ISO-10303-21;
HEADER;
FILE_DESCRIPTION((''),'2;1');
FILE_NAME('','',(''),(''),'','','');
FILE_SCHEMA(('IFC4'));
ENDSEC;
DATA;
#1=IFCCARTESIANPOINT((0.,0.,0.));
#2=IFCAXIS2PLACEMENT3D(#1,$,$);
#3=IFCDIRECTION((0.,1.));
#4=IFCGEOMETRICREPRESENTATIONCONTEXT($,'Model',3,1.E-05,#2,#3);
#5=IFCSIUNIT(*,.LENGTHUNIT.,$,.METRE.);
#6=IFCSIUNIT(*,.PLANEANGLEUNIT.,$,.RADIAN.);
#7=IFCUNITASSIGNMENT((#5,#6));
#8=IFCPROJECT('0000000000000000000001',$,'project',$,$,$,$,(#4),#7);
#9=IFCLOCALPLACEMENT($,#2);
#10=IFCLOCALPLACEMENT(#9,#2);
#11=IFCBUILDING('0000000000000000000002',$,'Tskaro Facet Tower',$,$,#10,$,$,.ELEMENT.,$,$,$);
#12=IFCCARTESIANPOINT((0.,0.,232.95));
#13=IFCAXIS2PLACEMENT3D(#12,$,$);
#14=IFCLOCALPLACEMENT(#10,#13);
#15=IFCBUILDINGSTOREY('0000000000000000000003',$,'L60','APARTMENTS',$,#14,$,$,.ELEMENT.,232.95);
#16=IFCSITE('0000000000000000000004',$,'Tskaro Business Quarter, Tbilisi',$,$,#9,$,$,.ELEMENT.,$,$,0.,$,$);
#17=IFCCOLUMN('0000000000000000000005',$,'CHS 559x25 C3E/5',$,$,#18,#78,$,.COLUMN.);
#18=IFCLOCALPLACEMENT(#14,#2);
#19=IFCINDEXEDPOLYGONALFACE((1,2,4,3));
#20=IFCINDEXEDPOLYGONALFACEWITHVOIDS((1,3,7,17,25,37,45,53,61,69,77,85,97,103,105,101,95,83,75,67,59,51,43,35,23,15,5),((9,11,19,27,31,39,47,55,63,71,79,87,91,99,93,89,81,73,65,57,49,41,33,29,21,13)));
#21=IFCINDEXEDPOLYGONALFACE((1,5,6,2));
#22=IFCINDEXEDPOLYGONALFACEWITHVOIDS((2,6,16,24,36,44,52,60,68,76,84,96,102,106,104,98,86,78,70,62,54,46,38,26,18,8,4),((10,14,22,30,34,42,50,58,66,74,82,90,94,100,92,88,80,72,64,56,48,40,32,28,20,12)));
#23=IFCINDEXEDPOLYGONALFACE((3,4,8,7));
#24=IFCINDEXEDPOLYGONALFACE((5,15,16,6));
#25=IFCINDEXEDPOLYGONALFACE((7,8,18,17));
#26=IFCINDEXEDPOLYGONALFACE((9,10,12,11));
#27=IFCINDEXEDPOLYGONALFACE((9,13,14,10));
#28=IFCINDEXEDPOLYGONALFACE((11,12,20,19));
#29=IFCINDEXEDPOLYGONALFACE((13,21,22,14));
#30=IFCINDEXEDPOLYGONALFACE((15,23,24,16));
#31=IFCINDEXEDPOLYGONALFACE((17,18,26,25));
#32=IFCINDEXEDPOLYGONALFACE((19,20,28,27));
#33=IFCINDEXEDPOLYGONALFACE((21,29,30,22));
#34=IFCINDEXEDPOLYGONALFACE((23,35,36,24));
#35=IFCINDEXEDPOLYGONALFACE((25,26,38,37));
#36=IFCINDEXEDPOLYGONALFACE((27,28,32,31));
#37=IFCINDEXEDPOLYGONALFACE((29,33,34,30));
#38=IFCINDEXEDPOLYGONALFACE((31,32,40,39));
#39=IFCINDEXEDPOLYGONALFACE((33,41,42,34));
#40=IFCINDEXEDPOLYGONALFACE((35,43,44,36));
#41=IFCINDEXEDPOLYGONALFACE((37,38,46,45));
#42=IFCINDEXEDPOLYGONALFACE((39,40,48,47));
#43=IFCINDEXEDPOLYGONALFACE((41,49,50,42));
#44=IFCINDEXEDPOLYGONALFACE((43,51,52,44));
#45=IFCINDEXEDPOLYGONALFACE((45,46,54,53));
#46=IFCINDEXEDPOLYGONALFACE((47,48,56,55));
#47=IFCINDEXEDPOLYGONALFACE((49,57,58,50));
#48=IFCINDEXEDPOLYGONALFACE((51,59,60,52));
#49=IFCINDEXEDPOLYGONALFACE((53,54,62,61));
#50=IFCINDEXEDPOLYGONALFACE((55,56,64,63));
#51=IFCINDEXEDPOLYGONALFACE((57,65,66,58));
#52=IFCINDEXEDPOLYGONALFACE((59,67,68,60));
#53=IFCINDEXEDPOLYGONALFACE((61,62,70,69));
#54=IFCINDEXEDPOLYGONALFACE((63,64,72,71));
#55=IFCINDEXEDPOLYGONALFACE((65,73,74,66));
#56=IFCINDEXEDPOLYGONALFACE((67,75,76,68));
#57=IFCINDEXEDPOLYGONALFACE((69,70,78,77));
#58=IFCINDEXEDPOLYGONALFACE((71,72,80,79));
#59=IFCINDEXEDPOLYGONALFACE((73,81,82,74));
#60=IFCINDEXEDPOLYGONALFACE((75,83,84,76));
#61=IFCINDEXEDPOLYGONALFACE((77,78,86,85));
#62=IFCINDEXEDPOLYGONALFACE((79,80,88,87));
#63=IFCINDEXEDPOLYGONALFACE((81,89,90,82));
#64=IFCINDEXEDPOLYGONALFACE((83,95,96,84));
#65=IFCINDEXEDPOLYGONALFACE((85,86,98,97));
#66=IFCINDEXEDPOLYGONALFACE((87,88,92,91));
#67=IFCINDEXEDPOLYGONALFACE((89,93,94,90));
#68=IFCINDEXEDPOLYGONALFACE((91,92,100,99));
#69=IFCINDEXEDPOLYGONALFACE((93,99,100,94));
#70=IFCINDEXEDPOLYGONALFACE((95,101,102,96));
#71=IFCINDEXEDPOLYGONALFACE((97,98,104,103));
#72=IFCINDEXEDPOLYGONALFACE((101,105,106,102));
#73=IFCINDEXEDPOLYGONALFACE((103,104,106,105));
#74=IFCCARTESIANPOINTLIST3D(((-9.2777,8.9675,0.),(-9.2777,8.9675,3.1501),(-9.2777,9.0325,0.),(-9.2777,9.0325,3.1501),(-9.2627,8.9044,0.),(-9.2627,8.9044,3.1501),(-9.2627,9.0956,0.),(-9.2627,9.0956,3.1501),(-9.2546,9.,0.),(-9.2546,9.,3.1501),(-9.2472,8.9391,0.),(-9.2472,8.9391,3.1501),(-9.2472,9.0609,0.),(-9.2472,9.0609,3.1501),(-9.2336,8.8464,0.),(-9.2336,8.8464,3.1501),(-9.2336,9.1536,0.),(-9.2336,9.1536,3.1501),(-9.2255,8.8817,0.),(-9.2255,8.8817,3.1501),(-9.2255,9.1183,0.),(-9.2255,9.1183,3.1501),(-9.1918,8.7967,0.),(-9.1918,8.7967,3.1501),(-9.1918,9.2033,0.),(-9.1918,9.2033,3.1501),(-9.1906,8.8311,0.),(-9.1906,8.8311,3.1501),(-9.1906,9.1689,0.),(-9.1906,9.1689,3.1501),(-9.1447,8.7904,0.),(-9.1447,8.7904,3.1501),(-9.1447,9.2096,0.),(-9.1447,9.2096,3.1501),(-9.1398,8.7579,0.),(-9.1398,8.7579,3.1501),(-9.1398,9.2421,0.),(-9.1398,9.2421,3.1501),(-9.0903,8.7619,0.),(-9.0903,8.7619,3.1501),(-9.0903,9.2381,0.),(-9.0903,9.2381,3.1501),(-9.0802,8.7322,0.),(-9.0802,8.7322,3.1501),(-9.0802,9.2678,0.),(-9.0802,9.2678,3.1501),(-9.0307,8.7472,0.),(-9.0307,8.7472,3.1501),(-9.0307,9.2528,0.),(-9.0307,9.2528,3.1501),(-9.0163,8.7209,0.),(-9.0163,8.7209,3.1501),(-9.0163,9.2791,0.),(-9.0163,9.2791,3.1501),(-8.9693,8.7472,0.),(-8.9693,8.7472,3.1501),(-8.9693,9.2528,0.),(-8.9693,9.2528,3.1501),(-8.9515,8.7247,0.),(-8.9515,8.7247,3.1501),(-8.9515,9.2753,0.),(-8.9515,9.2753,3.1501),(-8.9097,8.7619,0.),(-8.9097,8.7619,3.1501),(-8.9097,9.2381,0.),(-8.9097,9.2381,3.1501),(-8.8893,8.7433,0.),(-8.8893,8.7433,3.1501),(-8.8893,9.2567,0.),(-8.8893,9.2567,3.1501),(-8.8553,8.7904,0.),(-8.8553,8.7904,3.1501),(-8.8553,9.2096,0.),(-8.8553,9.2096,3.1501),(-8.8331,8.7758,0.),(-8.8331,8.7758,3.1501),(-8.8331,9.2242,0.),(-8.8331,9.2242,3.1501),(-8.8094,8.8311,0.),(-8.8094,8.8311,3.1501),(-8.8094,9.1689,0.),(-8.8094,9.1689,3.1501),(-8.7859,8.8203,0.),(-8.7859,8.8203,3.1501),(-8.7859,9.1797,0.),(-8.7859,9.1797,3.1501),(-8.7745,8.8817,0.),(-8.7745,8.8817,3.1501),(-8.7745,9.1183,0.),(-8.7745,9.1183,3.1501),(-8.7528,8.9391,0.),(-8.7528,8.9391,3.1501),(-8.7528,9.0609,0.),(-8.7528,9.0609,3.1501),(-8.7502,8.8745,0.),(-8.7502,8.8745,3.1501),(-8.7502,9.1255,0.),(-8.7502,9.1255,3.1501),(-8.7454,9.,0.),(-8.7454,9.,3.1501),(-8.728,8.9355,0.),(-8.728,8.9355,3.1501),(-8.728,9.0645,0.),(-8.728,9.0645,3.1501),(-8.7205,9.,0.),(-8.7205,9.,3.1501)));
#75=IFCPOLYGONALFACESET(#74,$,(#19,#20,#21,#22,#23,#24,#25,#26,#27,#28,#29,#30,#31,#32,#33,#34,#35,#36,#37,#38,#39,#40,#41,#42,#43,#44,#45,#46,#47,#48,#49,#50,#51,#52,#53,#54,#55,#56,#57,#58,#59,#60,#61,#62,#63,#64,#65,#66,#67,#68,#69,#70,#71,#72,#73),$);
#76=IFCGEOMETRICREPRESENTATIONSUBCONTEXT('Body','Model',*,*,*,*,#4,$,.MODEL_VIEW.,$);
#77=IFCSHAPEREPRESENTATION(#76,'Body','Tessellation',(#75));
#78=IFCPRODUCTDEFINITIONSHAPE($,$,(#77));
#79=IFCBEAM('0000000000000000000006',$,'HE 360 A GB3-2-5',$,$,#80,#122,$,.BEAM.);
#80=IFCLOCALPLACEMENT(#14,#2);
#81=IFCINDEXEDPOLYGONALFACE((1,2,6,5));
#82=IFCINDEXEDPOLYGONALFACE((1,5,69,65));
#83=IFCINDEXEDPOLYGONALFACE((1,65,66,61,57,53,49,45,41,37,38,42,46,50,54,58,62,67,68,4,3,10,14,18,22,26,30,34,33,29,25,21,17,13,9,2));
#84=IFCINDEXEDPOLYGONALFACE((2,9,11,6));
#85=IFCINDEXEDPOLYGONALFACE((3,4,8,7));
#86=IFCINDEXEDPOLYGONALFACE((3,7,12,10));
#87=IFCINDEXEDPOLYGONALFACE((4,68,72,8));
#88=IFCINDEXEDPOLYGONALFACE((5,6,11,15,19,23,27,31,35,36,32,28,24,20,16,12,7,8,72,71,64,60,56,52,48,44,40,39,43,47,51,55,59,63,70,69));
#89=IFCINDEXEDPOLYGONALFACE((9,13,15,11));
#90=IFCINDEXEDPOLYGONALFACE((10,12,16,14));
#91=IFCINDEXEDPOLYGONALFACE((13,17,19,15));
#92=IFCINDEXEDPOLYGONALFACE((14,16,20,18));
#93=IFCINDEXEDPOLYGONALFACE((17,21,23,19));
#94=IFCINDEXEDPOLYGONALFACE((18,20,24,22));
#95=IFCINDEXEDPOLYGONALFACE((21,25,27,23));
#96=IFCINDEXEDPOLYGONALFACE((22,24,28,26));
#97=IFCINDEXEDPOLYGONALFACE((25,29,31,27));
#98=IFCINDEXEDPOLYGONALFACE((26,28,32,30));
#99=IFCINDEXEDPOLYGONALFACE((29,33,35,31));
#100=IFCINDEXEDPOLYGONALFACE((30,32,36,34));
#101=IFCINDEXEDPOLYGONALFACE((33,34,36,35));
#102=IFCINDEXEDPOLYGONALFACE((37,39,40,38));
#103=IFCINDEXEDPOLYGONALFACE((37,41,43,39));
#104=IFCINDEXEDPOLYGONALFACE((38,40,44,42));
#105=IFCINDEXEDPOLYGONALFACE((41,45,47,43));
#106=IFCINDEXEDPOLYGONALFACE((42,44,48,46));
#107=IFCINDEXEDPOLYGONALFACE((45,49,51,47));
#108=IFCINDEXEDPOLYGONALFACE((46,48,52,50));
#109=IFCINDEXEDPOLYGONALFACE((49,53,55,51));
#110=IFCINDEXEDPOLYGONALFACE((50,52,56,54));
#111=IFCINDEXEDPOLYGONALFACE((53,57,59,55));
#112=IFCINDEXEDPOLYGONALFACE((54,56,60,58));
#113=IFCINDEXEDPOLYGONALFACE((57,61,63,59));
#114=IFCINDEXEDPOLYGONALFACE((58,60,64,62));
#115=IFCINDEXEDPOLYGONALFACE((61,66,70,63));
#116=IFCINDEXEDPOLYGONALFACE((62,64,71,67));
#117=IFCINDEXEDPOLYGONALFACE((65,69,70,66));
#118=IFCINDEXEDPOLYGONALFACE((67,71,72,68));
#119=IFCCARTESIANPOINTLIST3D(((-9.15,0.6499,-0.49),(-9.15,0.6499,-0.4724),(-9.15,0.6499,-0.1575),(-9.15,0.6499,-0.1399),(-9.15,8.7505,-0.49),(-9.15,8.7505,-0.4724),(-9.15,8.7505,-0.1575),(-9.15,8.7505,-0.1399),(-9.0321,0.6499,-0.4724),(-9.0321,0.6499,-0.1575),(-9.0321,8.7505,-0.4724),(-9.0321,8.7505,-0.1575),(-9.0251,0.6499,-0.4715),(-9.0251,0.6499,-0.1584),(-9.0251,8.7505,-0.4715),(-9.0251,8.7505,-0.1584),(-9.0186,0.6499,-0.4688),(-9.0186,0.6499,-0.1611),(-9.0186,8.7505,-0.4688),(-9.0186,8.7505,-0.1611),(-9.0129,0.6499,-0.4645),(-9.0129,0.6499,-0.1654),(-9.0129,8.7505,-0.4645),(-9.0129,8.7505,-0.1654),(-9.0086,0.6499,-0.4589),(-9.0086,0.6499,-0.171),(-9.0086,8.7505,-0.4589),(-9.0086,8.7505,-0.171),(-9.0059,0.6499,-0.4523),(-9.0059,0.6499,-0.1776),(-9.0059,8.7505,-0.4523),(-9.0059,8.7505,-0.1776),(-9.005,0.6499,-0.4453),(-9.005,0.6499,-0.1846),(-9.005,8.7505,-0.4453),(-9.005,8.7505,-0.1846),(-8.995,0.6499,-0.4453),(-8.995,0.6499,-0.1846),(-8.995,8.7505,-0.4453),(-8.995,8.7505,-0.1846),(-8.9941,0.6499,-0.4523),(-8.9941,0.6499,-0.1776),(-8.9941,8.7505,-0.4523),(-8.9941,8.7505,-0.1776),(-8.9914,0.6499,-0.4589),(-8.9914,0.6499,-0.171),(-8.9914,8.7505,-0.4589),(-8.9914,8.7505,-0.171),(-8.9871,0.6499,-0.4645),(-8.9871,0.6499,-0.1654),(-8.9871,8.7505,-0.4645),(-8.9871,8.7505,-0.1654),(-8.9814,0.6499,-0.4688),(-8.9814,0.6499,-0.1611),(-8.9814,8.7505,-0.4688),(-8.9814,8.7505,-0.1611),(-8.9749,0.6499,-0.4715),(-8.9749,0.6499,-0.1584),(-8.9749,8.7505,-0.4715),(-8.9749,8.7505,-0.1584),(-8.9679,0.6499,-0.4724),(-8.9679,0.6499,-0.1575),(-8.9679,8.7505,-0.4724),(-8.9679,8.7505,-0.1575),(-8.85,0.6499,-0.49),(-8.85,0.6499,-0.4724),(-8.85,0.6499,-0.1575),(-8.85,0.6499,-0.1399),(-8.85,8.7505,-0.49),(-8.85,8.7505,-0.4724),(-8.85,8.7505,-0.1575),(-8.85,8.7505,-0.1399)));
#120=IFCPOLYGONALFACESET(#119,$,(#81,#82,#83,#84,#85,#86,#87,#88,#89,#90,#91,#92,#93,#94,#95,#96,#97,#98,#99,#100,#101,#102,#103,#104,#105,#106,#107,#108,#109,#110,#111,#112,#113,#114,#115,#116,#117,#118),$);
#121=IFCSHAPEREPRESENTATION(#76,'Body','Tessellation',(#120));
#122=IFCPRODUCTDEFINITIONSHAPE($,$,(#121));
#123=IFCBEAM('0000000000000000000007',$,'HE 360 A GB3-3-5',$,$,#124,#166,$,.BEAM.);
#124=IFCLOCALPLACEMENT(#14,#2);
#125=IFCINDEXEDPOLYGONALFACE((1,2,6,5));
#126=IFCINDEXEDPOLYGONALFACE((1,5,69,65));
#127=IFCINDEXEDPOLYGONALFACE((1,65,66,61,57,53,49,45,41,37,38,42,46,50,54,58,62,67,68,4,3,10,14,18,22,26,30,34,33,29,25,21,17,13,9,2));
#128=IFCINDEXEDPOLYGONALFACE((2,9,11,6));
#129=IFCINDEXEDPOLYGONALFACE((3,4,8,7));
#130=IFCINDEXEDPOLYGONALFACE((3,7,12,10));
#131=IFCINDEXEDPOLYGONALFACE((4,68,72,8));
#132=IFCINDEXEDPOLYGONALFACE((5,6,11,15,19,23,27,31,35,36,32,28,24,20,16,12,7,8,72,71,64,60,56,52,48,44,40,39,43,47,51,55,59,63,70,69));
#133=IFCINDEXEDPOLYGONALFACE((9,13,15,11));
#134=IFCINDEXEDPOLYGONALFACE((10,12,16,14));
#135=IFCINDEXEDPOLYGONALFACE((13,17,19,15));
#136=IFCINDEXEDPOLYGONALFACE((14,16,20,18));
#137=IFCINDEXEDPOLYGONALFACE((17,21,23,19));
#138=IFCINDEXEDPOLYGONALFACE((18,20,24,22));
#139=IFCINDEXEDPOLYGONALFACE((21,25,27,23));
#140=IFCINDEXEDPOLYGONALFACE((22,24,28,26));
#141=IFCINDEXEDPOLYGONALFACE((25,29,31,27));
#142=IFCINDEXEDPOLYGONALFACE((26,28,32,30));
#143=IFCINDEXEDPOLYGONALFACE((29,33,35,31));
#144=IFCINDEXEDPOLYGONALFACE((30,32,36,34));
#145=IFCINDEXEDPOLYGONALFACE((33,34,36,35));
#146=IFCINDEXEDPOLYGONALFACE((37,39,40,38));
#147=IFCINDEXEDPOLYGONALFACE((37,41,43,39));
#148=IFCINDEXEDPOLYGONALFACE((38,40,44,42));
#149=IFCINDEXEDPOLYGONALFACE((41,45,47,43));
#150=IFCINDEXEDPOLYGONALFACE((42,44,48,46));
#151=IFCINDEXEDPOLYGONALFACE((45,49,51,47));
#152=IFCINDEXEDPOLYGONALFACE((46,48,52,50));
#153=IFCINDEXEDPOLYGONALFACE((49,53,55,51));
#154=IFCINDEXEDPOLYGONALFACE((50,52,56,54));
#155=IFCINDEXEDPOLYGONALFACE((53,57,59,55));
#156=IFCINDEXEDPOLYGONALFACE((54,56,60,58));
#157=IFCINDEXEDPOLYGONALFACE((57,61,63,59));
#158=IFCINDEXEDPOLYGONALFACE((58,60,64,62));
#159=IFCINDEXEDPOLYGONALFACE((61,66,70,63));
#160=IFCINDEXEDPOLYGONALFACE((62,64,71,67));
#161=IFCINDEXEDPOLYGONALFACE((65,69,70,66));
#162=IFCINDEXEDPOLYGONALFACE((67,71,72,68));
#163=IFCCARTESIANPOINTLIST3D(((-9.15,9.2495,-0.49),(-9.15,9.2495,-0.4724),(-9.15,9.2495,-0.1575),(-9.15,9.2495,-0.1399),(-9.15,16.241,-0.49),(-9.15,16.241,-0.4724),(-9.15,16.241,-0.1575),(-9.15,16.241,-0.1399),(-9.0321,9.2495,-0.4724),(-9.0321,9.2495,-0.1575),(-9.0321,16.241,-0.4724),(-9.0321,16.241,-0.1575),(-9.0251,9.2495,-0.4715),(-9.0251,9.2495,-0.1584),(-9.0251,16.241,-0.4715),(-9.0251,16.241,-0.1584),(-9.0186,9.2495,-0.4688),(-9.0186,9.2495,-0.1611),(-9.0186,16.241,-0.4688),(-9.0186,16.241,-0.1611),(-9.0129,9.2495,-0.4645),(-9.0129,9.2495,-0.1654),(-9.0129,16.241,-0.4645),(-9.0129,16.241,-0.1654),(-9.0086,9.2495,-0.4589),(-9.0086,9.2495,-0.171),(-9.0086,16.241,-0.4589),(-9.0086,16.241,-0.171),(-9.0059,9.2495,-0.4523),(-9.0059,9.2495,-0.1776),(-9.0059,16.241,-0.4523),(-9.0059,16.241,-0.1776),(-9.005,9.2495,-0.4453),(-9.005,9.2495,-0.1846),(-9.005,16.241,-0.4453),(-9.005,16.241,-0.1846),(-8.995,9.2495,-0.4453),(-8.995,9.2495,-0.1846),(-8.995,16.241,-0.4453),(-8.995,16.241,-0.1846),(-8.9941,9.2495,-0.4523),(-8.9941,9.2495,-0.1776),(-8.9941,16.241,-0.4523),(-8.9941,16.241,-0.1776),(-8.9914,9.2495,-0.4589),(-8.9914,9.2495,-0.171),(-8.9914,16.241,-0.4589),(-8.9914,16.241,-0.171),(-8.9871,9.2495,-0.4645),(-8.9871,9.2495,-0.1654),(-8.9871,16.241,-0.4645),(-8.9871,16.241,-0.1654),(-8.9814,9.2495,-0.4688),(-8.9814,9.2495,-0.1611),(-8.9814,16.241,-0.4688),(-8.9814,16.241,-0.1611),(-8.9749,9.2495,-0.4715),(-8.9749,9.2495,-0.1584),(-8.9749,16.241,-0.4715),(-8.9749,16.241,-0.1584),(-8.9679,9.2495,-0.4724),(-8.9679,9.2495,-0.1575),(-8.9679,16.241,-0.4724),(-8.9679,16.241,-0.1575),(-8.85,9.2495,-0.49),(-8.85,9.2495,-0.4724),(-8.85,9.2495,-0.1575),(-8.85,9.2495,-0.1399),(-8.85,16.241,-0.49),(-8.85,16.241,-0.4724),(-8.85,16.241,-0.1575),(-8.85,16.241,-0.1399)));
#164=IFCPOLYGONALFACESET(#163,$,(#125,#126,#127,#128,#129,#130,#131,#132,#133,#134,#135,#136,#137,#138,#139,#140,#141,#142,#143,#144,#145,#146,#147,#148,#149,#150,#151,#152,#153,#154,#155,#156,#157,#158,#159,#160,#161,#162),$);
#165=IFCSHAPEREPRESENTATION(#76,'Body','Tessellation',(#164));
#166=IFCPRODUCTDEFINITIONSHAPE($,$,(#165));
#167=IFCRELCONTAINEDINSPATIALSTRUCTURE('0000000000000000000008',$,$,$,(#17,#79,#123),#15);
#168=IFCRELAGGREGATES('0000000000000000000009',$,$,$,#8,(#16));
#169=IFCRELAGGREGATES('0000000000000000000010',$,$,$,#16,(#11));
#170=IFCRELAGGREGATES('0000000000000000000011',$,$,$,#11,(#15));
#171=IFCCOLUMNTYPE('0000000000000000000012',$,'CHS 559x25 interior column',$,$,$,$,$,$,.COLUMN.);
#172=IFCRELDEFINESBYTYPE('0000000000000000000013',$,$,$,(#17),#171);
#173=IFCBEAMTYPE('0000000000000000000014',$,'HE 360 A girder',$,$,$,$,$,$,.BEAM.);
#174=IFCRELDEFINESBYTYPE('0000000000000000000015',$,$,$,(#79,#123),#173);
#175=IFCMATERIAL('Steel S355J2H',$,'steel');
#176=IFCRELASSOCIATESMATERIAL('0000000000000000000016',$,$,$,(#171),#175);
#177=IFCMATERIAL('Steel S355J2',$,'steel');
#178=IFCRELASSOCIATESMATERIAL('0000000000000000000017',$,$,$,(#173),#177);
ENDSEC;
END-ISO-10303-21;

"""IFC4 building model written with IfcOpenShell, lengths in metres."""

from ifc_helpers import new_model, si_unit, direction, frame, origin, origin_2d, place, context, subcontext, project, spatial, hollow_circle, i_section, extrude, material, material_profile, profile_set, type_object, element, save


model = new_model("IFC4")

# Units and contexts
model_context = context("Model", 3, precision=1e-05, world=origin(), true_north=direction((0.0, 1.0)))
body_context = subcontext(model_context, "Body", "Model", "MODEL_VIEW")
ifc_project = project(units=[si_unit("LENGTHUNIT", "METRE"), si_unit("PLANEANGLEUNIT", "RADIAN")], contexts=[model_context])

# Site, building, storey
site_placement = place(None, origin())
site = spatial("IfcSite", under=ifc_project, at=site_placement, Name="Tskaro Business Quarter, Tbilisi", CompositionType="ELEMENT", RefElevation=0.0)
building_placement = place(site_placement, origin())
building = spatial("IfcBuilding", under=site, at=building_placement, Name="Tskaro Facet Tower", CompositionType="ELEMENT")
storey_placement = place(building_placement, frame((0.0, 0.0, 232.95)))
storey = spatial("IfcBuildingStorey", under=building, at=storey_placement, Name="L60", Description="APARTMENTS", CompositionType="ELEMENT", Elevation=232.95)

# Column
ifc_material_1 = material(Name="Steel S355J2H", Category="steel")
ifc_material_profile_1 = material_profile(ifc_material_1, hollow_circle(Radius=0.2795, WallThickness=0.0249, at=origin_2d()), Name="CHS 559x25")
ifc_profile_set_1 = profile_set([ifc_material_profile_1], Name="Steel S355J2H")
column_type = type_object("IfcColumnType", Name="CHS 559x25 interior column", PredefinedType="COLUMN", material=ifc_profile_set_1)
column_placement = place(storey_placement, frame((-9.0, 9.0, 0.0), z_axis=(0.0, 0.0, 1.0), x_axis=(1.0, 0.0, 0.0)))
element("IfcColumn", 1, at=column_placement, inside=storey, type_object=column_type, Name="CHS 559x25 C3E/5", PredefinedType="COLUMN", context=body_context, shape_type="SweptSolid", body=[
    extrude(hollow_circle(Radius=0.2795, WallThickness=0.0249, at=origin_2d()), origin(), (0.0, 0.0, 1.0), 3.1501),
])

# Beams
ifc_material_2 = material(Name="Steel S355J2", Category="steel")
ifc_material_profile_2 = material_profile(ifc_material_2, i_section(OverallWidth=0.3, OverallDepth=0.3501, WebThickness=0.01, FlangeThickness=0.0176, FilletRadius=0.0271, at=origin_2d()), Name="HE 360 A")
ifc_profile_set_2 = profile_set([ifc_material_profile_2], Name="Steel S355J2")
beam_type_1 = type_object("IfcBeamType", Name="HE 360 A girder", PredefinedType="BEAM", material=ifc_profile_set_2)
beam_1_placement = place(storey_placement, frame((-9.0, 0.6499, -0.3149), z_axis=(0.0, 1.0, 0.0), x_axis=(-1.0, 0.0, 0.0)))
element("IfcBeam", 2, at=beam_1_placement, inside=storey, type_object=beam_type_1, Name="HE 360 A GB3-2-5", PredefinedType="BEAM", context=body_context, shape_type="SweptSolid", body=[
    extrude(i_section(OverallWidth=0.3, OverallDepth=0.3501, WebThickness=0.01, FlangeThickness=0.0176, FilletRadius=0.0271, at=origin_2d()), origin(), (0.0, 0.0, 1.0), 8.1006),
])
beam_2_placement = place(storey_placement, frame((-9.0, 9.2495, -0.3149), z_axis=(0.0, 1.0, 0.0), x_axis=(-1.0, 0.0, 0.0)))
element("IfcBeam", 3, at=beam_2_placement, inside=storey, type_object=beam_type_1, Name="HE 360 A GB3-3-5", PredefinedType="BEAM", context=body_context, shape_type="SweptSolid", body=[
    extrude(i_section(OverallWidth=0.3, OverallDepth=0.3501, WebThickness=0.01, FlangeThickness=0.0176, FilletRadius=0.0271, at=origin_2d()), origin(), (0.0, 0.0, 1.0), 6.9915),
])

save(model, "model.ifc")
